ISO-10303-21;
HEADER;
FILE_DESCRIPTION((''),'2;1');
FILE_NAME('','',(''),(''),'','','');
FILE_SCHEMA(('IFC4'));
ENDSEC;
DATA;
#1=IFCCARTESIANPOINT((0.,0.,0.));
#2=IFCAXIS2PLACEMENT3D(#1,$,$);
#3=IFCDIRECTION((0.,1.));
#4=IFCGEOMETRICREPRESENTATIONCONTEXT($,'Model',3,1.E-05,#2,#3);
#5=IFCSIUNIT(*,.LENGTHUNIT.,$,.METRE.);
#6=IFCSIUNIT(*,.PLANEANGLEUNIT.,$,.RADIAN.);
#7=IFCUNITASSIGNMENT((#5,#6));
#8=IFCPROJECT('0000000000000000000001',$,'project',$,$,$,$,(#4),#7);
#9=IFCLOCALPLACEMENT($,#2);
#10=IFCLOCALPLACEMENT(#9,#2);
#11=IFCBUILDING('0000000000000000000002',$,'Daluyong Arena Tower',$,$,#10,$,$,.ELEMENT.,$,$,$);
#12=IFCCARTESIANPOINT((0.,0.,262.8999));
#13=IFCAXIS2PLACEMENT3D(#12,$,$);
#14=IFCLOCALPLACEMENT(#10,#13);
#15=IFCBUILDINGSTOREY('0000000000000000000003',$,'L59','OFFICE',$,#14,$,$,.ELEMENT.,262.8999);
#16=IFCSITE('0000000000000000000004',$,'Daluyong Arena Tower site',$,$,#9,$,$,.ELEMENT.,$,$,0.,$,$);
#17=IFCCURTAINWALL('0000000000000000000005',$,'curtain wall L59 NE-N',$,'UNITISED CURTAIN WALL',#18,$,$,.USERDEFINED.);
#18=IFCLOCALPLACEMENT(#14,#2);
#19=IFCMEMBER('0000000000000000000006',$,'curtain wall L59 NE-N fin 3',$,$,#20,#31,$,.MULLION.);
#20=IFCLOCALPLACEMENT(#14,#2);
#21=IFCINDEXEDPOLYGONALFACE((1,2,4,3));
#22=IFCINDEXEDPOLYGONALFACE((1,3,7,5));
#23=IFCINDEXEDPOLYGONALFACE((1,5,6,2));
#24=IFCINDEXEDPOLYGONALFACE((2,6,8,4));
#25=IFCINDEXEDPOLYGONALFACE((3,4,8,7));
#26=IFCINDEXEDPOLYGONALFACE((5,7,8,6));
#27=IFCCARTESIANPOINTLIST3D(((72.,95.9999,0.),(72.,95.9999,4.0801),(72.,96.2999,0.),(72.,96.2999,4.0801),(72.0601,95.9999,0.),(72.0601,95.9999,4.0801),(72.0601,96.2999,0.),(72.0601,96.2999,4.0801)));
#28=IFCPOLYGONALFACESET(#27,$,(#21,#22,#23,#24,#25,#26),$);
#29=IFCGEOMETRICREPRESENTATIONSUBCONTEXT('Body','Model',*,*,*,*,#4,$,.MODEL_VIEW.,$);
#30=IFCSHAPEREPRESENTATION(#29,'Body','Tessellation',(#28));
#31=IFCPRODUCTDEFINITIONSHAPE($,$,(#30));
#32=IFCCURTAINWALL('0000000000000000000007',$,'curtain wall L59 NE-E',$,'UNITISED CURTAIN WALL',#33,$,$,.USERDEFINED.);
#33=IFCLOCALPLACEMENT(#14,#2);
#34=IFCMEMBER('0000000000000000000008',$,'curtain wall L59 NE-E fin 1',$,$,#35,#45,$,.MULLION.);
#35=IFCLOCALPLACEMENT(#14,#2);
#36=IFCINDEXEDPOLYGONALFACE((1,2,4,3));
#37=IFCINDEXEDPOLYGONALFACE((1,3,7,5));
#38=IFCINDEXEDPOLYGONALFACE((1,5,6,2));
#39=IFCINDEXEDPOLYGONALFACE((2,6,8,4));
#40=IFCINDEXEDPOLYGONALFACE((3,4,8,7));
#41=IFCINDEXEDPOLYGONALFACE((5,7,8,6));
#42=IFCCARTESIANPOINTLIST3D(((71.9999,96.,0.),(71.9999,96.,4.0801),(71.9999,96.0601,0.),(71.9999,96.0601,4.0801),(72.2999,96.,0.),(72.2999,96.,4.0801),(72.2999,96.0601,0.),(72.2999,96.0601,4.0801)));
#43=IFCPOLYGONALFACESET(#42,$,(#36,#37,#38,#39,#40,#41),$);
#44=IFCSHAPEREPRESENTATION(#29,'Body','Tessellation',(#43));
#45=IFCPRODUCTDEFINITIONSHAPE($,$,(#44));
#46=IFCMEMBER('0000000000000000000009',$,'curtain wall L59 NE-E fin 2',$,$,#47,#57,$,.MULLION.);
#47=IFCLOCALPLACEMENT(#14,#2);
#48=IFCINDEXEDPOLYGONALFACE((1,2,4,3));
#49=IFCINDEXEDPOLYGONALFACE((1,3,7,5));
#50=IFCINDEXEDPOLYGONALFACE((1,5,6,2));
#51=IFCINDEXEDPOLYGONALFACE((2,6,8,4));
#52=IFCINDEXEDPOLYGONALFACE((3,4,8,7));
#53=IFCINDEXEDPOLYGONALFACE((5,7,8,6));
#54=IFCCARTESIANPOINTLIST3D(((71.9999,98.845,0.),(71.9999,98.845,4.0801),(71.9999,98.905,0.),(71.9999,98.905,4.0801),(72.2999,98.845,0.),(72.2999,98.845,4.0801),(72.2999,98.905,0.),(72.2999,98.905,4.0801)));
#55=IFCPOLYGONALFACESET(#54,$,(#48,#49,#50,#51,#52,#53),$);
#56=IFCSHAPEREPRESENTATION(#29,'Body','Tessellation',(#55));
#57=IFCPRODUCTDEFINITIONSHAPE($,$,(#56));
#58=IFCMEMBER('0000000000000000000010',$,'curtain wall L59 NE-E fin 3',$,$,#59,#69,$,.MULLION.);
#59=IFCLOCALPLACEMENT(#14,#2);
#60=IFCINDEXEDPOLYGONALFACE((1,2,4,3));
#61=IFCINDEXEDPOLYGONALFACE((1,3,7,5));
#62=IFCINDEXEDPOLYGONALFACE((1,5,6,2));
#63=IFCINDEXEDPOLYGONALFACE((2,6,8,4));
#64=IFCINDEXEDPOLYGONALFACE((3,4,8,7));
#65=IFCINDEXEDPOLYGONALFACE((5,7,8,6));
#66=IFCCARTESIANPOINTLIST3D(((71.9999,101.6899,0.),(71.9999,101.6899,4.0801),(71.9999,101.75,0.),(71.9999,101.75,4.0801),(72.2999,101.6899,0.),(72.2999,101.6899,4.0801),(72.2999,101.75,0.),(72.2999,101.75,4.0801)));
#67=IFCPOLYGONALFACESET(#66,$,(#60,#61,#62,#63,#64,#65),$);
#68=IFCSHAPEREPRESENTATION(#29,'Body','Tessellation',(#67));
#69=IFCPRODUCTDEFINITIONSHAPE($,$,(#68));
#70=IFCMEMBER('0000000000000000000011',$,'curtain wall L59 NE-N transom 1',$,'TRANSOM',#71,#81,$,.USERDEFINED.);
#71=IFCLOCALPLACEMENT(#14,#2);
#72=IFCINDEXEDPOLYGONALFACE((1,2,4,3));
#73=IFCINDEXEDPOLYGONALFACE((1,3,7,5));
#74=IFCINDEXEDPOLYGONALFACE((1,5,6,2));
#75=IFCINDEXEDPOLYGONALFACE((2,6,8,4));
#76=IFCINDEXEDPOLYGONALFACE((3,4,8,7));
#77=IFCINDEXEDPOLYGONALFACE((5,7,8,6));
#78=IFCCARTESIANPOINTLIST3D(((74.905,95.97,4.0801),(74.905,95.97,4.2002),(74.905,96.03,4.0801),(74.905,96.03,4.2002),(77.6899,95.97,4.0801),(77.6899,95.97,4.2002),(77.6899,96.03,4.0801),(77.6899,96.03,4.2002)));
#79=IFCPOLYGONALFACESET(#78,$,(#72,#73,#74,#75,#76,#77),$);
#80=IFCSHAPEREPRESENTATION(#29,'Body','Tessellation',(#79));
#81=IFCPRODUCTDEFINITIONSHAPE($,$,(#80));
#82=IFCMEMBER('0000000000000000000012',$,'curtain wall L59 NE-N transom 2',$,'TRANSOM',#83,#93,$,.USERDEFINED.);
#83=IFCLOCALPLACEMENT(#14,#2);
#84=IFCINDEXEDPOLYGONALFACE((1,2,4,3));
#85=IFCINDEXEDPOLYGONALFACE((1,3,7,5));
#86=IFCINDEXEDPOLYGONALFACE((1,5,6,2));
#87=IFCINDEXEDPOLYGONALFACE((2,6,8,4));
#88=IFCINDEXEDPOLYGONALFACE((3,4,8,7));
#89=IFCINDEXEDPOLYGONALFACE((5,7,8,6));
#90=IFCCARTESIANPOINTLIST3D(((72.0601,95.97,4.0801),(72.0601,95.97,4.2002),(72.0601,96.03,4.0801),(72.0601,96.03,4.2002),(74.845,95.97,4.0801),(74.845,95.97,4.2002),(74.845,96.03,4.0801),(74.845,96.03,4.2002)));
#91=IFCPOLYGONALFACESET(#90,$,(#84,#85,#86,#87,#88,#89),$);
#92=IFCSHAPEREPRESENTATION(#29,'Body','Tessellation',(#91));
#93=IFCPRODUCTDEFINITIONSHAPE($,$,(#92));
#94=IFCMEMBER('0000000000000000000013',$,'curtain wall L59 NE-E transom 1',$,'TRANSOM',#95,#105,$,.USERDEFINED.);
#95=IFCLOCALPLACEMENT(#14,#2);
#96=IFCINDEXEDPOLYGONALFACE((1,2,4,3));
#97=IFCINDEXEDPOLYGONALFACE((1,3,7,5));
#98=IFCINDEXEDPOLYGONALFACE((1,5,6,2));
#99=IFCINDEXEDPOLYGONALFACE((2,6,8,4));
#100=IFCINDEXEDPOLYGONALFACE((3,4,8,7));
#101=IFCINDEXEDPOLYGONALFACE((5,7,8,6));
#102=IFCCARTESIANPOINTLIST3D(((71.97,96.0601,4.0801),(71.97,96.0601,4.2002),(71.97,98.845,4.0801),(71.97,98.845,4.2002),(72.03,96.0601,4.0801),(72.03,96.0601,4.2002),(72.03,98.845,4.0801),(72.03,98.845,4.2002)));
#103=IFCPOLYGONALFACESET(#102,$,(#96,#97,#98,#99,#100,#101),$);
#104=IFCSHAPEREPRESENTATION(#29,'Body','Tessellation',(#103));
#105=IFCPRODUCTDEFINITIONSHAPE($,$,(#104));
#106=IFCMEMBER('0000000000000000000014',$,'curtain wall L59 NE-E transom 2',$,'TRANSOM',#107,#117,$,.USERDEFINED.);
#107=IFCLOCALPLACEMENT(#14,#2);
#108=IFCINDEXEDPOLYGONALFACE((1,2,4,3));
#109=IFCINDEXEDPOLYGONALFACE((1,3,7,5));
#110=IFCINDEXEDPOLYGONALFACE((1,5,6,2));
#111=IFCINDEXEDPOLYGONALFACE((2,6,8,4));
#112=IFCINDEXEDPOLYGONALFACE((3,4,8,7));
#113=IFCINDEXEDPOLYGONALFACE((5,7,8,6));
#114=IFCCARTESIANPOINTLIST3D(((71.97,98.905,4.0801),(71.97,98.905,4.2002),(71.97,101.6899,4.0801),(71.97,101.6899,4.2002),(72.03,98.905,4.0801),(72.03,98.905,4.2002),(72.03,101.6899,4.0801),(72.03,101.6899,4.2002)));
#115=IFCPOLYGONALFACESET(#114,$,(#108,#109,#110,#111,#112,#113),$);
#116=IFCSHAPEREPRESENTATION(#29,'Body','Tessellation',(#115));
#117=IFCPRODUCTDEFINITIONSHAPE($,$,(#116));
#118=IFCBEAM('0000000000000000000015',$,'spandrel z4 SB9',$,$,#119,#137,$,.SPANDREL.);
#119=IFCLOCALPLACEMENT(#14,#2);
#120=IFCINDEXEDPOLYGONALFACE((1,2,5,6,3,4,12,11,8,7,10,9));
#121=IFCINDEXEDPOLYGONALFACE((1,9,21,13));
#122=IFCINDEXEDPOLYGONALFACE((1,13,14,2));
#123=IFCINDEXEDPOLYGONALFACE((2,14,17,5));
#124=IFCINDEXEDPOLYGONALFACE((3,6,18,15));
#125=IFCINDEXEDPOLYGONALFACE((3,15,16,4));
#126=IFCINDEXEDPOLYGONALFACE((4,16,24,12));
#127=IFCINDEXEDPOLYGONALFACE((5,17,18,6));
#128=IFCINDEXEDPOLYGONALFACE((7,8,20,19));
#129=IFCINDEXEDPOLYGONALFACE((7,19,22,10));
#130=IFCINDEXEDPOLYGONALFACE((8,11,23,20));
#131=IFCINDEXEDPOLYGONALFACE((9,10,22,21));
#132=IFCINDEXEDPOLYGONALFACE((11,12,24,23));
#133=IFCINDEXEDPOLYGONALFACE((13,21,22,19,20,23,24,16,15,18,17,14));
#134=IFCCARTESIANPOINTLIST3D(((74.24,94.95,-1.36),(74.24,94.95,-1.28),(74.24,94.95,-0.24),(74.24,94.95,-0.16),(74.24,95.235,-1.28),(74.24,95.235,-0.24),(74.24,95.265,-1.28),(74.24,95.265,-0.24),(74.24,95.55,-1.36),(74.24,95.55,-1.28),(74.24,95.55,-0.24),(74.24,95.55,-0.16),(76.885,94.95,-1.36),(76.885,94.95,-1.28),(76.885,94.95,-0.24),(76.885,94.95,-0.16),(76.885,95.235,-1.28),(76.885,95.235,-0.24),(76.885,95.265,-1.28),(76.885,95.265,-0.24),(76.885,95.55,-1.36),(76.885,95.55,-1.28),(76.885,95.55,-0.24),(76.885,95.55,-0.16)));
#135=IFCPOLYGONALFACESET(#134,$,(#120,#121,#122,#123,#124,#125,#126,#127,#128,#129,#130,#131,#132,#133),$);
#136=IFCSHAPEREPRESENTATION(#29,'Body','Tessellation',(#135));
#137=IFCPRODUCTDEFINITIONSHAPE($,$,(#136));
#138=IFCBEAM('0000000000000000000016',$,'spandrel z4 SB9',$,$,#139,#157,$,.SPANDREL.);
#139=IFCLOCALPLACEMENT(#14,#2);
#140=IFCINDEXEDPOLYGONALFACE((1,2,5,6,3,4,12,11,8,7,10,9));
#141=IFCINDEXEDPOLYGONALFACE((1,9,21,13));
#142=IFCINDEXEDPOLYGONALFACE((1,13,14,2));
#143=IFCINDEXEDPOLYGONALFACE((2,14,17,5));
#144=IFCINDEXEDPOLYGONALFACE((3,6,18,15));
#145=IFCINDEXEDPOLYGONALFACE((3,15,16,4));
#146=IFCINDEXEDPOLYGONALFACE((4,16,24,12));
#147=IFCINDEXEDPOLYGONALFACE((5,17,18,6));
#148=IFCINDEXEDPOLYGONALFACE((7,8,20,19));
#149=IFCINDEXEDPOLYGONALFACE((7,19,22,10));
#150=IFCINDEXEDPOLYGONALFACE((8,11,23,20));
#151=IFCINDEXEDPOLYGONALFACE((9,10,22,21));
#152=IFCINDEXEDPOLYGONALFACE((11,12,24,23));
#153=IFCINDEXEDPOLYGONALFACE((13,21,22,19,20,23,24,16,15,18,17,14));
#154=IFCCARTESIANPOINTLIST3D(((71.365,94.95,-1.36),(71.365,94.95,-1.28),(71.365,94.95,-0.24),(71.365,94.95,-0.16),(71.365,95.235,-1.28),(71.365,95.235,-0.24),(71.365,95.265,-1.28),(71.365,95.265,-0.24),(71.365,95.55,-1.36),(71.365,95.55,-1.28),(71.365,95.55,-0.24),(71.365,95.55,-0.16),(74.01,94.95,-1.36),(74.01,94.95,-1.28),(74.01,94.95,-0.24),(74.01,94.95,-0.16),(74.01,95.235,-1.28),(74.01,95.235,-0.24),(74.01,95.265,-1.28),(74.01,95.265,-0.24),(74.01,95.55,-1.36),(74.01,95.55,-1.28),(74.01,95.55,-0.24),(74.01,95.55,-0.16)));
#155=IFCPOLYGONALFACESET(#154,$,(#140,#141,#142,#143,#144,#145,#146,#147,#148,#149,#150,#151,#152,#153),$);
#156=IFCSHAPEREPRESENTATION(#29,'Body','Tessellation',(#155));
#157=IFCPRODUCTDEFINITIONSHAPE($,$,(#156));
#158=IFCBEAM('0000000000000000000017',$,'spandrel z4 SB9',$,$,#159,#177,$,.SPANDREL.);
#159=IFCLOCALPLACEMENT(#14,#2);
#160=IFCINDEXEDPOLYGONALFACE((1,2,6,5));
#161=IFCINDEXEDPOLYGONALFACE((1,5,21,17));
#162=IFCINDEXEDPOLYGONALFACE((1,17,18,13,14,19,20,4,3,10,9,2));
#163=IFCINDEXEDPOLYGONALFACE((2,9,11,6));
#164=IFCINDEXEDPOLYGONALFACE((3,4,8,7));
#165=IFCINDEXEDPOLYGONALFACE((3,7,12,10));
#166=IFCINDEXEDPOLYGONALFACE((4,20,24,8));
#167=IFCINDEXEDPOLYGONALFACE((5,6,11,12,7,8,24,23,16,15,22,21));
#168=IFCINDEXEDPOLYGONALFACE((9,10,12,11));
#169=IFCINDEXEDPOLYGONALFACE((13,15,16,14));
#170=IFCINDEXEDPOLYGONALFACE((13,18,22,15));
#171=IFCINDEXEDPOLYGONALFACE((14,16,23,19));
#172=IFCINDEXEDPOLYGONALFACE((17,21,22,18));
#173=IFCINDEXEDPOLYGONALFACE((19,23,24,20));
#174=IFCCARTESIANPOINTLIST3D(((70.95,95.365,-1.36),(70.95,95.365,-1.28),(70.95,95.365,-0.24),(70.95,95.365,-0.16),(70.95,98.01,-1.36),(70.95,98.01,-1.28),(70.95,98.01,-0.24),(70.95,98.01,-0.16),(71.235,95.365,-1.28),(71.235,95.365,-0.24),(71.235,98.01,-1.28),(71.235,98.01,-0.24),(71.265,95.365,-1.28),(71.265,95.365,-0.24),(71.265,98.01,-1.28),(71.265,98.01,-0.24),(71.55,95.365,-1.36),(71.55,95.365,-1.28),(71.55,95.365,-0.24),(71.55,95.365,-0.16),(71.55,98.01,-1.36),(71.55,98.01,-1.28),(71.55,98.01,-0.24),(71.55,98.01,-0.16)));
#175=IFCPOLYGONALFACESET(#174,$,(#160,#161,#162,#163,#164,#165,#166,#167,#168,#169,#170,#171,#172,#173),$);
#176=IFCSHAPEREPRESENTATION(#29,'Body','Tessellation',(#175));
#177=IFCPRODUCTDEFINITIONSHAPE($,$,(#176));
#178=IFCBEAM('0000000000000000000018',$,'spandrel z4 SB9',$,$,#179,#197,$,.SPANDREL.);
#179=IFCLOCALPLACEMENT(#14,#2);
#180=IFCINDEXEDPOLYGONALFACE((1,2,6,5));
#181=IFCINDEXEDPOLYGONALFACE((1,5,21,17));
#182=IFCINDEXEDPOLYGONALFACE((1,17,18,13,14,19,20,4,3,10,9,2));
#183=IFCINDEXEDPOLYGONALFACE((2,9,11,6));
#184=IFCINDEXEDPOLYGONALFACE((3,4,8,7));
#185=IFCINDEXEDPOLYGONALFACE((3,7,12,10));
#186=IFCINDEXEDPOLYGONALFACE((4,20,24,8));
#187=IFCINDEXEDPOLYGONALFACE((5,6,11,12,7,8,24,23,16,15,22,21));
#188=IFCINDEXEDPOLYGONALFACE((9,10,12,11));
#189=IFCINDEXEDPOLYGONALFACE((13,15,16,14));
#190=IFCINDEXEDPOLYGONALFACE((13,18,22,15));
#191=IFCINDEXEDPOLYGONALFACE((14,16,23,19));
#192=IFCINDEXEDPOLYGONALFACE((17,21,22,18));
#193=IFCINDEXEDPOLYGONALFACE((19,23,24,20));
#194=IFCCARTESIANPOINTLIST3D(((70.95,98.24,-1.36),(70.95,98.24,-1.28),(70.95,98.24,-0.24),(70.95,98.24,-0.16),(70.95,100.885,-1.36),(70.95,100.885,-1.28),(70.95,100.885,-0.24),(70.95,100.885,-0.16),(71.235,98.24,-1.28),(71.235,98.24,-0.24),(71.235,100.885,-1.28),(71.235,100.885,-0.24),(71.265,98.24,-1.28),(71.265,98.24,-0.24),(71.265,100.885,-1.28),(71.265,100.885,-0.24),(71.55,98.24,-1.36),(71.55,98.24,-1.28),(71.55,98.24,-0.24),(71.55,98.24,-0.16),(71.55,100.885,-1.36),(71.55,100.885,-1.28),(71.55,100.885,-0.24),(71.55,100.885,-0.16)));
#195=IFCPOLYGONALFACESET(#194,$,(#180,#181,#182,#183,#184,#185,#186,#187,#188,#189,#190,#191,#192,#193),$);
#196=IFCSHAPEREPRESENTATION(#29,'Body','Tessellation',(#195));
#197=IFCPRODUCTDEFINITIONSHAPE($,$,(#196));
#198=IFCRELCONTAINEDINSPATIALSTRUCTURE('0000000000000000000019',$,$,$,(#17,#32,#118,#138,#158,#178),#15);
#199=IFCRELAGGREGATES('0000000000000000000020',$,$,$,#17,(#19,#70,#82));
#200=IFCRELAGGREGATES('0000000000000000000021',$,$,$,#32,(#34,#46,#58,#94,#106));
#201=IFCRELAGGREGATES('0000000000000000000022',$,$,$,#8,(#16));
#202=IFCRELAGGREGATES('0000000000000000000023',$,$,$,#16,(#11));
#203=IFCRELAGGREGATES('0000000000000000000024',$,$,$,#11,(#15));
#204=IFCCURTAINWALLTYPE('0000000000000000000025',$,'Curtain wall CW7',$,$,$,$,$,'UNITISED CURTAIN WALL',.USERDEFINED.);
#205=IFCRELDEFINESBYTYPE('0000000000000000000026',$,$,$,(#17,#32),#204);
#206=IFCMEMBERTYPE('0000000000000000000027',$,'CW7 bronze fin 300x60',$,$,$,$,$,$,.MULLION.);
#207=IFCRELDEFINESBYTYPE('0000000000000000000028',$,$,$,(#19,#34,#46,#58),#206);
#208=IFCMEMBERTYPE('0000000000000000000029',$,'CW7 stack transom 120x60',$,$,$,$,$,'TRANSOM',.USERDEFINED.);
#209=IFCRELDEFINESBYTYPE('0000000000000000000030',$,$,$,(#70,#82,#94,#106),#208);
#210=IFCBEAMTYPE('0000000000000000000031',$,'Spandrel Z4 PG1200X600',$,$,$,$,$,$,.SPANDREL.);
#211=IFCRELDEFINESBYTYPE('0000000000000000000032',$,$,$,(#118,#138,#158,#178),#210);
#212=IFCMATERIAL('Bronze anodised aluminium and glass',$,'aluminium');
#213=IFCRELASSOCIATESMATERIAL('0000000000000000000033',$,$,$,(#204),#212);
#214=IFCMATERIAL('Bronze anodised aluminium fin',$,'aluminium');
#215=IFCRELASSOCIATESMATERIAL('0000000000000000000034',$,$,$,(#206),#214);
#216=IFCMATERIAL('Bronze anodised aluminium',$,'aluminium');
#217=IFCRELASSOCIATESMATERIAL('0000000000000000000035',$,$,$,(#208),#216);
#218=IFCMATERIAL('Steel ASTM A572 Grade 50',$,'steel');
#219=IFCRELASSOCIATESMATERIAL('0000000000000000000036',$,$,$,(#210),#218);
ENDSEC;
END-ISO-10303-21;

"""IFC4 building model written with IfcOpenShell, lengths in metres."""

from ifc_helpers import new_model, si_unit, direction, frame, origin, origin_2d, place, context, subcontext, project, spatial, rectangle, i_section, extrude, material, material_profile, profile_set, type_object, element, aggregate, save


model = new_model("IFC4")

# Units and contexts
model_context = context("Model", 3, precision=1e-05, world=origin(), true_north=direction((0.0, 1.0)))
body_context = subcontext(model_context, "Body", "Model", "MODEL_VIEW")
ifc_project = project(units=[si_unit("LENGTHUNIT", "METRE"), si_unit("PLANEANGLEUNIT", "RADIAN")], contexts=[model_context])

# Site, building, storey
site_placement = place(None, origin())
site = spatial("IfcSite", under=ifc_project, at=site_placement, Name="Daluyong Arena Tower site", CompositionType="ELEMENT", RefElevation=0.0)
building_placement = place(site_placement, origin())
building = spatial("IfcBuilding", under=site, at=building_placement, Name="Daluyong Arena Tower", CompositionType="ELEMENT")
storey_placement = place(building_placement, frame((0.0, 0.0, 262.8999)))
storey = spatial("IfcBuildingStorey", under=building, at=storey_placement, Name="L59", Description="OFFICE", CompositionType="ELEMENT", Elevation=262.8999)

# Curtain walls, members
ifc_material_1 = material(Name="Bronze anodised aluminium and glass", Category="aluminium")
curtain_wall_type_1 = type_object("IfcCurtainWallType", Name="Curtain wall CW7", ElementType="UNITISED CURTAIN WALL", PredefinedType="USERDEFINED", material=ifc_material_1)
curtain_wall_1_placement = place(storey_placement, origin())
curtain_wall_1 = element("IfcCurtainWall", 1, at=curtain_wall_1_placement, inside=storey, type_object=curtain_wall_type_1, Name="curtain wall L59 NE-N", ObjectType="UNITISED CURTAIN WALL", PredefinedType="USERDEFINED")
ifc_material_2 = material(Name="Bronze anodised aluminium fin", Category="aluminium")
ifc_material_profile_1 = material_profile(ifc_material_2, rectangle(XDim=0.3, YDim=0.0601, at=origin_2d()))
ifc_profile_set_1 = profile_set([ifc_material_profile_1], Name="Bronze anodised aluminium fin")
member_type_1 = type_object("IfcMemberType", Name="CW7 bronze fin 300x60", PredefinedType="MULLION", material=ifc_profile_set_1)
member_1_placement = place(storey_placement, frame((72.03, 96.1499, 0.0), z_axis=(0.0, 0.0, 1.0), x_axis=(0.0, -1.0, 0.0)))
member_1 = element("IfcMember", 2, at=member_1_placement, type_object=member_type_1, Name="curtain wall L59 NE-N fin 3", PredefinedType="MULLION", context=body_context, shape_type="SweptSolid", body=[
    extrude(rectangle(XDim=0.3, YDim=0.0601, at=origin_2d()), origin(), (0.0, 0.0, 1.0), 4.0801),
])
curtain_wall_2_placement = place(storey_placement, origin())
curtain_wall_2 = element("IfcCurtainWall", 3, at=curtain_wall_2_placement, inside=storey, type_object=curtain_wall_type_1, Name="curtain wall L59 NE-E", ObjectType="UNITISED CURTAIN WALL", PredefinedType="USERDEFINED")
member_2_placement = place(storey_placement, frame((72.1499, 96.03, 0.0), z_axis=(0.0, 0.0, 1.0), x_axis=(-1.0, 0.0, 0.0)))
member_2 = element("IfcMember", 4, at=member_2_placement, type_object=member_type_1, Name="curtain wall L59 NE-E fin 1", PredefinedType="MULLION", context=body_context, shape_type="SweptSolid", body=[
    extrude(rectangle(XDim=0.3, YDim=0.0601, at=origin_2d()), origin(), (0.0, 0.0, 1.0), 4.0801),
])
member_3_placement = place(storey_placement, frame((72.1499, 98.875, 0.0), z_axis=(0.0, 0.0, 1.0), x_axis=(-1.0, 0.0, 0.0)))
member_3 = element("IfcMember", 5, at=member_3_placement, type_object=member_type_1, Name="curtain wall L59 NE-E fin 2", PredefinedType="MULLION", context=body_context, shape_type="SweptSolid", body=[
    extrude(rectangle(XDim=0.3, YDim=0.0601, at=origin_2d()), origin(), (0.0, 0.0, 1.0), 4.0801),
])
member_4_placement = place(storey_placement, frame((72.1499, 101.72, 0.0), z_axis=(0.0, 0.0, 1.0), x_axis=(-1.0, 0.0, 0.0)))
member_4 = element("IfcMember", 6, at=member_4_placement, type_object=member_type_1, Name="curtain wall L59 NE-E fin 3", PredefinedType="MULLION", context=body_context, shape_type="SweptSolid", body=[
    extrude(rectangle(XDim=0.3, YDim=0.0601, at=origin_2d()), origin(), (0.0, 0.0, 1.0), 4.0801),
])

# Members
ifc_material_3 = material(Name="Bronze anodised aluminium", Category="aluminium")
ifc_material_profile_2 = material_profile(ifc_material_3, rectangle(XDim=0.0601, YDim=0.1201, at=origin_2d()))
ifc_profile_set_2 = profile_set([ifc_material_profile_2], Name="Bronze anodised aluminium")
member_type_2 = type_object("IfcMemberType", Name="CW7 stack transom 120x60", ElementType="TRANSOM", PredefinedType="USERDEFINED", material=ifc_profile_set_2)
member_5_placement = place(storey_placement, frame((77.6899, 96.0, 4.1401), z_axis=(-1.0, 0.0, 0.0), x_axis=(0.0, -1.0, 0.0)))
member_5 = element("IfcMember", 7, at=member_5_placement, type_object=member_type_2, Name="curtain wall L59 NE-N transom 1", ObjectType="TRANSOM", PredefinedType="USERDEFINED", context=body_context, shape_type="SweptSolid", body=[
    extrude(rectangle(XDim=0.0601, YDim=0.1201, at=origin_2d()), origin(), (0.0, 0.0, 1.0), 2.7849),
])
member_6_placement = place(storey_placement, frame((74.845, 96.0, 4.1401), z_axis=(-1.0, 0.0, 0.0), x_axis=(0.0, -1.0, 0.0)))
member_6 = element("IfcMember", 8, at=member_6_placement, type_object=member_type_2, Name="curtain wall L59 NE-N transom 2", ObjectType="TRANSOM", PredefinedType="USERDEFINED", context=body_context, shape_type="SweptSolid", body=[
    extrude(rectangle(XDim=0.0601, YDim=0.1201, at=origin_2d()), origin(), (0.0, 0.0, 1.0), 2.7849),
])
member_7_placement = place(storey_placement, frame((72.0, 96.0601, 4.1401), z_axis=(0.0, 1.0, 0.0), x_axis=(-1.0, 0.0, 0.0)))
member_7 = element("IfcMember", 9, at=member_7_placement, type_object=member_type_2, Name="curtain wall L59 NE-E transom 1", ObjectType="TRANSOM", PredefinedType="USERDEFINED", context=body_context, shape_type="SweptSolid", body=[
    extrude(rectangle(XDim=0.0601, YDim=0.1201, at=origin_2d()), origin(), (0.0, 0.0, 1.0), 2.7849),
])
member_8_placement = place(storey_placement, frame((72.0, 98.905, 4.1401), z_axis=(0.0, 1.0, 0.0), x_axis=(-1.0, 0.0, 0.0)))
member_8 = element("IfcMember", 10, at=member_8_placement, type_object=member_type_2, Name="curtain wall L59 NE-E transom 2", ObjectType="TRANSOM", PredefinedType="USERDEFINED", context=body_context, shape_type="SweptSolid", body=[
    extrude(rectangle(XDim=0.0601, YDim=0.1201, at=origin_2d()), origin(), (0.0, 0.0, 1.0), 2.7849),
])

# Beams
ifc_material_4 = material(Name="Steel ASTM A572 Grade 50", Category="steel")
ifc_material_profile_3 = material_profile(ifc_material_4, i_section(OverallWidth=0.6001, OverallDepth=1.2, WebThickness=0.03, FlangeThickness=0.08, at=origin_2d()))
ifc_profile_set_3 = profile_set([ifc_material_profile_3], Name="Steel ASTM A572 Grade 50")
beam_type = type_object("IfcBeamType", Name="Spandrel Z4 PG1200X600", PredefinedType="SPANDREL", material=ifc_profile_set_3)
for number, where, z_axis, x_axis, name in (
    (11, (76.885, 95.25, -0.76), (-1.0, 0.0, 0.0), (0.0, -1.0, 0.0), "spandrel z4 SB9"),
    (12, (74.01, 95.25, -0.76), (-1.0, 0.0, 0.0), (0.0, -1.0, 0.0), "spandrel z4 SB9"),
    (13, (71.25, 95.365, -0.76), (0.0, 1.0, 0.0), (-1.0, 0.0, 0.0), "spandrel z4 SB9"),
    (14, (71.25, 98.24, -0.76), (0.0, 1.0, 0.0), (-1.0, 0.0, 0.0), "spandrel z4 SB9"),
):
    element("IfcBeam", number, at=place(storey_placement, frame(where, z_axis=z_axis, x_axis=x_axis)), inside=storey, type_object=beam_type, Name=name, PredefinedType="SPANDREL", context=body_context, shape_type="SweptSolid", body=[
        extrude(i_section(OverallWidth=0.6001, OverallDepth=1.2, WebThickness=0.03, FlangeThickness=0.08, at=origin_2d()), origin(), (0.0, 0.0, 1.0), 2.645),
    ])

aggregate(curtain_wall_1, [member_1, member_5, member_6])
aggregate(curtain_wall_2, [member_2, member_3, member_4, member_7, member_8])

save(model, "model.ifc")
